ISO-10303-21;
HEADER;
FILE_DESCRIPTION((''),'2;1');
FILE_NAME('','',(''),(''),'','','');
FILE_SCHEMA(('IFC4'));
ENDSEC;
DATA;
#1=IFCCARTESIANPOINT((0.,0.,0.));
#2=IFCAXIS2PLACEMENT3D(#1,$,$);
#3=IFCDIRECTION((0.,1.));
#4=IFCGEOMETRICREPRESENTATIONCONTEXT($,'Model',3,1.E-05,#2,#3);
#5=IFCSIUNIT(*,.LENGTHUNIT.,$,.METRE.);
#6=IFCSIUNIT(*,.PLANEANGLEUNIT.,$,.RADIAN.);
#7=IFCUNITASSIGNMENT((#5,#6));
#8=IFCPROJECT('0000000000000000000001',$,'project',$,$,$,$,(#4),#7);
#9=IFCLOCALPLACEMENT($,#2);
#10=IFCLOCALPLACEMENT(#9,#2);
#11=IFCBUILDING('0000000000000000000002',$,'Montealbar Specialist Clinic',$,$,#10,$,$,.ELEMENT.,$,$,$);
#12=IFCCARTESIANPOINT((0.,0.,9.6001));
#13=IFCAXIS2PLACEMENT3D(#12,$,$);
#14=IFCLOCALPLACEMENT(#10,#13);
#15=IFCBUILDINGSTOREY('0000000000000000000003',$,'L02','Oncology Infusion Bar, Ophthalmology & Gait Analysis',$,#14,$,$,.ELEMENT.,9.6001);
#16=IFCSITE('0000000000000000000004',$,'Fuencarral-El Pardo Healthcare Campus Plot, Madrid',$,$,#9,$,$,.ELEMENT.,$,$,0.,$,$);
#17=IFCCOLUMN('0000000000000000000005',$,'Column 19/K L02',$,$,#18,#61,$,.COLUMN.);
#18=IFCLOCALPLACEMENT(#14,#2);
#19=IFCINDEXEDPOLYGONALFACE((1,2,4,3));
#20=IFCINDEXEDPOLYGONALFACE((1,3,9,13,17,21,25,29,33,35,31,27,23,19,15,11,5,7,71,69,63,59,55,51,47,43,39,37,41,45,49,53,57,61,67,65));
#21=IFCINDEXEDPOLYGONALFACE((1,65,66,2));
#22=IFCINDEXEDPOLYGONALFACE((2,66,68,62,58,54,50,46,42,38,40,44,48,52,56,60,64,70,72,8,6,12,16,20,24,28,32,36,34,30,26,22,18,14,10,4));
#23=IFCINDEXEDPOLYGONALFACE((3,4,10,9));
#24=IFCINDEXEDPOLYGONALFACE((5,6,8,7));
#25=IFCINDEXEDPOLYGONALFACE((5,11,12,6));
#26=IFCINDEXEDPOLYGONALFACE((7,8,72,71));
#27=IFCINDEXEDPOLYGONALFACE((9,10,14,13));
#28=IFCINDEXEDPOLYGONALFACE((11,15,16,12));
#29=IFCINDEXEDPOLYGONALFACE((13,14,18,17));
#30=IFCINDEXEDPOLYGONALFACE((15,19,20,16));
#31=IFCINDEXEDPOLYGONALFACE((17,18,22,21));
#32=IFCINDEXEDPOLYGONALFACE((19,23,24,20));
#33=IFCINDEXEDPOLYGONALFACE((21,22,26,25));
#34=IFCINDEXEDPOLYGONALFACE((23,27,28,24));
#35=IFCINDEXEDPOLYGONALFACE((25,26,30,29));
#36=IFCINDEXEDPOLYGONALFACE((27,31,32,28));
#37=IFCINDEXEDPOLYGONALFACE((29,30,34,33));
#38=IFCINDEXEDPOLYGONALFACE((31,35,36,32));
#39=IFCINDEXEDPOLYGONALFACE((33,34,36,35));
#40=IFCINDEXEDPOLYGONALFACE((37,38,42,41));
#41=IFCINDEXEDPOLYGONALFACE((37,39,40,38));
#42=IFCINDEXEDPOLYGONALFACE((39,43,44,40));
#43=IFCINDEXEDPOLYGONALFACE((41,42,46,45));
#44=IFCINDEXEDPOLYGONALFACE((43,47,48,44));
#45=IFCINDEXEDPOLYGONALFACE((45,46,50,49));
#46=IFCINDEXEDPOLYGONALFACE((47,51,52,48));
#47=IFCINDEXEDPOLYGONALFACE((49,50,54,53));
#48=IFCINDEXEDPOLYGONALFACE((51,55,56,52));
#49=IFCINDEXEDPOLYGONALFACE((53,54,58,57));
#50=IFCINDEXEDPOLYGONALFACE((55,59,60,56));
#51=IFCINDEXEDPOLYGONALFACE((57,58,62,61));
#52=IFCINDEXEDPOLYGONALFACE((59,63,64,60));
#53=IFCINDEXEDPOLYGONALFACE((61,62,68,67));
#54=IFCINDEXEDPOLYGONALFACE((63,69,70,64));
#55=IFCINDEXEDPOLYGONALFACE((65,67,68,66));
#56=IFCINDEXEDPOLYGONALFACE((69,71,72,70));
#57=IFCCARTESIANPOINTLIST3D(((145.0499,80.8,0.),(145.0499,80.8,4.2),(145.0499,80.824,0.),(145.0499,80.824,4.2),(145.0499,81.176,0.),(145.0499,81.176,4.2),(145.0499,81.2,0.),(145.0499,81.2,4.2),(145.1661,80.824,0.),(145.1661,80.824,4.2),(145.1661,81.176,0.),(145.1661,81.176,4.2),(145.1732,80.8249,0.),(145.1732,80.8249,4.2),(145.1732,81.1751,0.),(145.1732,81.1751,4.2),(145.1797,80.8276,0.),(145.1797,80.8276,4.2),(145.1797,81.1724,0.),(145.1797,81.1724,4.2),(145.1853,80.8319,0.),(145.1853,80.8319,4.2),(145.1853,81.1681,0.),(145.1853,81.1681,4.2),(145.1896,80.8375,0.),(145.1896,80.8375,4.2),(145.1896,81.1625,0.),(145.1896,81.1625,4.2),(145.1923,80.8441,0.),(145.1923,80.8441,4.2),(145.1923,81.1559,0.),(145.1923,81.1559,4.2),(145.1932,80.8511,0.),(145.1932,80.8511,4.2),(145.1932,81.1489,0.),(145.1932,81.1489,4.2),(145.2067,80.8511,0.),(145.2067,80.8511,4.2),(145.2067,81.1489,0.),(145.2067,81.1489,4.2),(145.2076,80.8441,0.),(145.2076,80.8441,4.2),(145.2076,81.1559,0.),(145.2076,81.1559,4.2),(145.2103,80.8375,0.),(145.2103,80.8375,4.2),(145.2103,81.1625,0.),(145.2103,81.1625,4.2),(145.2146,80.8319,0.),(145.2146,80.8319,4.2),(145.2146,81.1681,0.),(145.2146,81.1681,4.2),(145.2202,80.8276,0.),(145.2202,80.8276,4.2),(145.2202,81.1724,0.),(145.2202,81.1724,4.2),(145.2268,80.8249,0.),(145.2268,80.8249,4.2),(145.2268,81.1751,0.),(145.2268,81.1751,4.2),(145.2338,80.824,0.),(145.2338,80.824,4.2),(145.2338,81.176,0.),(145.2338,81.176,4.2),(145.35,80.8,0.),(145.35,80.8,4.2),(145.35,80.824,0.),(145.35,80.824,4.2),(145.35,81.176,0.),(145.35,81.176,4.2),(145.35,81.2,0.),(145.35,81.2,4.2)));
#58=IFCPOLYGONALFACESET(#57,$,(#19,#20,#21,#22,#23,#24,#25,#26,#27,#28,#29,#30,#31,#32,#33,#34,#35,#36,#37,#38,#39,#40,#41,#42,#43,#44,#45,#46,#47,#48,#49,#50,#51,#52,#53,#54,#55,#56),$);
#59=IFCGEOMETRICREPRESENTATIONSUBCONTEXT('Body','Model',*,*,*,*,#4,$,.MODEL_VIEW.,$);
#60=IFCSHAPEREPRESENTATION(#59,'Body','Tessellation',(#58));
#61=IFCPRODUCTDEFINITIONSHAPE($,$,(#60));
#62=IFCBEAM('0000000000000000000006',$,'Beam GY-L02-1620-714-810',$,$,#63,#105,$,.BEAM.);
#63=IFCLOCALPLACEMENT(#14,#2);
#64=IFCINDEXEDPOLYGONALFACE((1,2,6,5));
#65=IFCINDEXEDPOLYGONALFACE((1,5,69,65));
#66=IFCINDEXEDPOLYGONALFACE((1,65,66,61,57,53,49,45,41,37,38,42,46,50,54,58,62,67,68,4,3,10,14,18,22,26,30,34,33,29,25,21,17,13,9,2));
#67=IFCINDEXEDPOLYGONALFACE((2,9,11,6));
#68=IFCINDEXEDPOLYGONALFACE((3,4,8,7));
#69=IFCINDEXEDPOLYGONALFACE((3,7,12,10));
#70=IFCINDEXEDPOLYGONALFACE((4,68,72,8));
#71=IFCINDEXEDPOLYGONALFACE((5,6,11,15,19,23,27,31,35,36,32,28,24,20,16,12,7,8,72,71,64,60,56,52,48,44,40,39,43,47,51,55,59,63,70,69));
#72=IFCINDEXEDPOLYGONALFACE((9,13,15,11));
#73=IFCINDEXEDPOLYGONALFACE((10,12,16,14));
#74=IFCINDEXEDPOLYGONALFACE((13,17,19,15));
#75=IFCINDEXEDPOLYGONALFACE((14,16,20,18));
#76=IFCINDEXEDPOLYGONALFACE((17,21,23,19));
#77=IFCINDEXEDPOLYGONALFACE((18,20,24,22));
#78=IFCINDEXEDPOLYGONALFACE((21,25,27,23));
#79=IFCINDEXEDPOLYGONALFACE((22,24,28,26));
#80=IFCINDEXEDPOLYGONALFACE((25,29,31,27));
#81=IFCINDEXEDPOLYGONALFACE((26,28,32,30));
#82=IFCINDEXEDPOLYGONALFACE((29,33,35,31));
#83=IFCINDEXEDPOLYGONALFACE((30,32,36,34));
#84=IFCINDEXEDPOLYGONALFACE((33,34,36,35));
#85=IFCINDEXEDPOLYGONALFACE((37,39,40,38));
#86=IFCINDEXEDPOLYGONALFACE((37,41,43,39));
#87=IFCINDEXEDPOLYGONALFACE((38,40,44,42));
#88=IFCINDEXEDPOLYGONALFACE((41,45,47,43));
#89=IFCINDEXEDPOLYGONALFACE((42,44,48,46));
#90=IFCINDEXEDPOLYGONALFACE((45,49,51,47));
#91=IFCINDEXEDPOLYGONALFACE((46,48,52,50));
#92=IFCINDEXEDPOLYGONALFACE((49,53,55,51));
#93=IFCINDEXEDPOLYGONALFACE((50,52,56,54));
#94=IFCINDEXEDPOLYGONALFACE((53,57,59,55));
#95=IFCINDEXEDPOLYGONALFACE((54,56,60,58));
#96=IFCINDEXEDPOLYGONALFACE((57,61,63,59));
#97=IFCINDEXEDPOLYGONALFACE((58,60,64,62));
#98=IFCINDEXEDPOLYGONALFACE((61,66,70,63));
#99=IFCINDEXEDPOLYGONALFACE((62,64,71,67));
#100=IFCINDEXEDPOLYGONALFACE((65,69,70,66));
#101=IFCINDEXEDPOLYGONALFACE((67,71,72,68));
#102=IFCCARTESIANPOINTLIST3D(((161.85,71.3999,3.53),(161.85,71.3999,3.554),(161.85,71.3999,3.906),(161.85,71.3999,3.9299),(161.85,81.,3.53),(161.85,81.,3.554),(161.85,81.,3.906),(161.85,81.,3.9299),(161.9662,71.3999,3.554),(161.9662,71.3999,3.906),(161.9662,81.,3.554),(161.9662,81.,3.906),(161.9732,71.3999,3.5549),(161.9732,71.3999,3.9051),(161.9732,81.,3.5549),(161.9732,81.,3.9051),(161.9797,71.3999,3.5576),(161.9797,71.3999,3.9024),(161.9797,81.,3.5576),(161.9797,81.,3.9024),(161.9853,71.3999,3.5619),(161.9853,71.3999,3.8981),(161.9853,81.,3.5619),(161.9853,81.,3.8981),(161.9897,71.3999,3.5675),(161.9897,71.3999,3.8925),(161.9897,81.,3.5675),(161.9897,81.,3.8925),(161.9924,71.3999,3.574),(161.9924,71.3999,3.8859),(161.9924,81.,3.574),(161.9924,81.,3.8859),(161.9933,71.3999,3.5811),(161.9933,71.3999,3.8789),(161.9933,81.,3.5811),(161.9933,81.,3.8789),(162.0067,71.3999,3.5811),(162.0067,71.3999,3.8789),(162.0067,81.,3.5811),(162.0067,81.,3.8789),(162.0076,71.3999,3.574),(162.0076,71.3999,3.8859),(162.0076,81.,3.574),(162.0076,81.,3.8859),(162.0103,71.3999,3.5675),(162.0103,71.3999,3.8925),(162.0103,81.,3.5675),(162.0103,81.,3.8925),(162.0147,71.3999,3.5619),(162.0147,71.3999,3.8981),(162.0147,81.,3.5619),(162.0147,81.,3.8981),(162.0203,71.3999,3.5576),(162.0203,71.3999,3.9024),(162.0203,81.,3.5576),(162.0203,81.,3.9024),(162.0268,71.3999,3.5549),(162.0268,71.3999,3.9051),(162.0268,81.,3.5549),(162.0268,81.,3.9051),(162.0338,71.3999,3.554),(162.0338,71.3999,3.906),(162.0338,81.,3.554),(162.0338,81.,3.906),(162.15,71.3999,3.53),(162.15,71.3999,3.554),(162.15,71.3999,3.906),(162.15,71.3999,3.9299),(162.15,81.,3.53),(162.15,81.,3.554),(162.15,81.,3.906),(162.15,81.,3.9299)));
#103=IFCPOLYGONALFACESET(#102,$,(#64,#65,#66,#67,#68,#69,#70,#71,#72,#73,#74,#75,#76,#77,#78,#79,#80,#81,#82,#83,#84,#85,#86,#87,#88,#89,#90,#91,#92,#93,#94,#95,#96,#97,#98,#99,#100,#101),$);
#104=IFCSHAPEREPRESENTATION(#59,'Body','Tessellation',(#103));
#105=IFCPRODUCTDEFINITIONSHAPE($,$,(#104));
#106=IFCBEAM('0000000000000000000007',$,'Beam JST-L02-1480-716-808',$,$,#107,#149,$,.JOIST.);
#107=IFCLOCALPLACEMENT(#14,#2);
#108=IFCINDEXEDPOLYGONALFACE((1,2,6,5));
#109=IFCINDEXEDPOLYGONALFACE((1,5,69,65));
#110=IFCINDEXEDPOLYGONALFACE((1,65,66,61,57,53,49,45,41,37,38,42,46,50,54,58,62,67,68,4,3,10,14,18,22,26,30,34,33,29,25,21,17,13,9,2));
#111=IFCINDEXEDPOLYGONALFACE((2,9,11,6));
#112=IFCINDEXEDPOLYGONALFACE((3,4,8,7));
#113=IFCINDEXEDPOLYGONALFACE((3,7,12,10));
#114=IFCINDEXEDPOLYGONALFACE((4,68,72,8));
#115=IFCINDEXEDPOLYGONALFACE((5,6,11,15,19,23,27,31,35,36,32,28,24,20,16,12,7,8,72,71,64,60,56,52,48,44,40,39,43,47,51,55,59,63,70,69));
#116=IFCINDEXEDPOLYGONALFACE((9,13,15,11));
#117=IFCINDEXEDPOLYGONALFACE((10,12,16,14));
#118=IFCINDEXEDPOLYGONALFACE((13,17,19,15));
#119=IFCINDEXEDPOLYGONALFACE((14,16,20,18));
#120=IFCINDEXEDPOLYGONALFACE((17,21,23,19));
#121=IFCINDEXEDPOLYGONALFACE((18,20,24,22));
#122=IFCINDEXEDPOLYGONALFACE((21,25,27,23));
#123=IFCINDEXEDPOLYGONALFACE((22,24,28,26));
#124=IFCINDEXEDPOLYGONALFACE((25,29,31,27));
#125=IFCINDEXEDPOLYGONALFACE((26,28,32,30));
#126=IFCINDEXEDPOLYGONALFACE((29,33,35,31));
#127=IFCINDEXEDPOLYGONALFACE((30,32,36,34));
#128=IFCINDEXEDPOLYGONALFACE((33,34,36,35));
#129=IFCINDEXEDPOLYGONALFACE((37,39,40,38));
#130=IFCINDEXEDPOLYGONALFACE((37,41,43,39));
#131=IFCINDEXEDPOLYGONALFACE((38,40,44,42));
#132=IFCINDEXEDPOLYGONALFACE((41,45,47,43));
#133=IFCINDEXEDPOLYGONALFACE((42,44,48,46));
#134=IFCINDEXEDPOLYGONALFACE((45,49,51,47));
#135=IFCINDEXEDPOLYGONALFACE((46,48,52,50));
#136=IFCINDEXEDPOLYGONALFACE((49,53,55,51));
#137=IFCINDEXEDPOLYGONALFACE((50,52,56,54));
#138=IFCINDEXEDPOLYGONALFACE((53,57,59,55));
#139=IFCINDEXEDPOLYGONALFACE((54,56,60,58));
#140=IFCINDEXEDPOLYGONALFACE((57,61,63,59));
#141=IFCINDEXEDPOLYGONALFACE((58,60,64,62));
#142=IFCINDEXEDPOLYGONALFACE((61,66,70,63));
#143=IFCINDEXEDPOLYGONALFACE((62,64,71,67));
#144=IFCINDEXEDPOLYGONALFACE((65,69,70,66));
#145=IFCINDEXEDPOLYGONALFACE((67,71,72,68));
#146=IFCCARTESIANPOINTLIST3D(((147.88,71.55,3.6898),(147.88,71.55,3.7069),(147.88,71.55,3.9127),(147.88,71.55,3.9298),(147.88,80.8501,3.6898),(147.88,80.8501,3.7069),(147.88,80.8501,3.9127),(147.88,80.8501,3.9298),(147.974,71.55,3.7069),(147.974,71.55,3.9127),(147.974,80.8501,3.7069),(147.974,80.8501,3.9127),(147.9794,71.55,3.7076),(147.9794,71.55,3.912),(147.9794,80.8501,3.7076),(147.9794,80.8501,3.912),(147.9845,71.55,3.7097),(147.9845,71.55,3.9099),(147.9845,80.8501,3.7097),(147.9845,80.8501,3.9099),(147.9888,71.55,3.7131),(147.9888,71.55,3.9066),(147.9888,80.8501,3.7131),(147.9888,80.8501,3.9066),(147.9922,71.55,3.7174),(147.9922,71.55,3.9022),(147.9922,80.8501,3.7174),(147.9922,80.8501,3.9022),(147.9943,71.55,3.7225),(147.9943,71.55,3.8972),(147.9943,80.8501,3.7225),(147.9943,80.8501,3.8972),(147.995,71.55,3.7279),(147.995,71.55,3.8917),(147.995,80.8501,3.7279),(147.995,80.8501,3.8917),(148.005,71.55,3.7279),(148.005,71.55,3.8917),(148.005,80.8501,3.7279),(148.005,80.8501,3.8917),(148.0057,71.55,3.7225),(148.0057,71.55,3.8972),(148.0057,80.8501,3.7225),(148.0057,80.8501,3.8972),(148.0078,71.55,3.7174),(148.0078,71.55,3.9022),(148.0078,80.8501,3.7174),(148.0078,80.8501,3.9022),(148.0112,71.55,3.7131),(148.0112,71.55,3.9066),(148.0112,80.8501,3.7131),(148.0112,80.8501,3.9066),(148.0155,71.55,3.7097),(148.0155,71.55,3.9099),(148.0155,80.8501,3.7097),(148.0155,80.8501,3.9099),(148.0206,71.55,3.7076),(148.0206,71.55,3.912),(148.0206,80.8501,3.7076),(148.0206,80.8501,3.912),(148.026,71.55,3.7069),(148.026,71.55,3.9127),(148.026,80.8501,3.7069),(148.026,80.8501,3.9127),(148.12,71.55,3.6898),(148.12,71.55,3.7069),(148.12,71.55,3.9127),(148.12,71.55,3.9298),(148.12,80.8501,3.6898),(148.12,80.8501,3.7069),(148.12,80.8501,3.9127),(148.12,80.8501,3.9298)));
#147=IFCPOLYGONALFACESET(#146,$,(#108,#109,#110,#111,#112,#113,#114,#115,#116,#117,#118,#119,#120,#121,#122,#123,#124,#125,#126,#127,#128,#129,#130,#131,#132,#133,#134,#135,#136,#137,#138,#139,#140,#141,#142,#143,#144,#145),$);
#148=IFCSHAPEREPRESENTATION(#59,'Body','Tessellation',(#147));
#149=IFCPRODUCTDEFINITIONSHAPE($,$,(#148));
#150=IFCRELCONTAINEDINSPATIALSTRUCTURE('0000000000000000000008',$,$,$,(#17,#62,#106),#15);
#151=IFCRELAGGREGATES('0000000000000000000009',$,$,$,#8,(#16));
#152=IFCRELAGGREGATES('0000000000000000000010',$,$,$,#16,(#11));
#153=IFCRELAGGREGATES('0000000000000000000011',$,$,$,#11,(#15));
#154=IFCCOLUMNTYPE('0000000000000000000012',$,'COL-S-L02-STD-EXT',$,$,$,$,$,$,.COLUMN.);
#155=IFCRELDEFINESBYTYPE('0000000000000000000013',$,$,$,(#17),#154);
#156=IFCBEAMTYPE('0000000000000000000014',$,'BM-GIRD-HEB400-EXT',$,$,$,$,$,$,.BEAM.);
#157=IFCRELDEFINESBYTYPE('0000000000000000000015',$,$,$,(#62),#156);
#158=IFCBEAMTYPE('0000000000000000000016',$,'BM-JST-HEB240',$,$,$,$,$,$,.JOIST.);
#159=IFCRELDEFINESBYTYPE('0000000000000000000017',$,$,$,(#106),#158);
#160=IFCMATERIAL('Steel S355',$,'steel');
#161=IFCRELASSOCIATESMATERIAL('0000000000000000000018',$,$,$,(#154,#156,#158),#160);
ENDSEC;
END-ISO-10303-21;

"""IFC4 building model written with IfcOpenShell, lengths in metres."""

from ifc_helpers import new_model, si_unit, direction, frame, origin, origin_2d, place, context, subcontext, project, spatial, i_section, extrude, material, material_profile, profile_set, type_object, element, save


model = new_model("IFC4")

# Units and contexts
model_context = context("Model", 3, precision=1e-05, world=origin(), true_north=direction((0.0, 1.0)))
body_context = subcontext(model_context, "Body", "Model", "MODEL_VIEW")
ifc_project = project(units=[si_unit("LENGTHUNIT", "METRE"), si_unit("PLANEANGLEUNIT", "RADIAN")], contexts=[model_context])

# Site, building, storey
site_placement = place(None, origin())
site = spatial("IfcSite", under=ifc_project, at=site_placement, Name="Fuencarral-El Pardo Healthcare Campus Plot, Madrid", CompositionType="ELEMENT", RefElevation=0.0)
building_placement = place(site_placement, origin())
building = spatial("IfcBuilding", under=site, at=building_placement, Name="Montealbar Specialist Clinic", CompositionType="ELEMENT")
storey_placement = place(building_placement, frame((0.0, 0.0, 9.6001)))
storey = spatial("IfcBuildingStorey", under=building, at=storey_placement, Name="L02", Description="Oncology Infusion Bar, Ophthalmology & Gait Analysis", CompositionType="ELEMENT", Elevation=9.6001)

# Column
ifc_material_1 = material(Name="Steel S355", Category="steel")
ifc_material_profile_1 = material_profile(ifc_material_1, i_section(OverallWidth=0.3, OverallDepth=0.3999, WebThickness=0.0134, FlangeThickness=0.0239, FilletRadius=0.0271, at=origin_2d()), Name="HEB 400", Category="steel")
ifc_profile_set_1 = profile_set([ifc_material_profile_1], Name="Steel S355")
column_type = type_object("IfcColumnType", Name="COL-S-L02-STD-EXT", PredefinedType="COLUMN", material=ifc_profile_set_1)
column_placement = place(storey_placement, frame((145.2, 81.0, 0.0), z_axis=(0.0, 0.0, 1.0), x_axis=(1.0, 0.0, 0.0)))
element("IfcColumn", 1, at=column_placement, inside=storey, type_object=column_type, Name="Column 19/K L02", PredefinedType="COLUMN", context=body_context, shape_type="SweptSolid", body=[
    extrude(i_section(OverallWidth=0.3, OverallDepth=0.3999, WebThickness=0.0134, FlangeThickness=0.0239, FilletRadius=0.0271, at=origin_2d()), origin(), (0.0, 0.0, 1.0), 4.2),
])

# Beams
ifc_material_profile_2 = material_profile(ifc_material_1, i_section(OverallWidth=0.3, OverallDepth=0.3999, WebThickness=0.0134, FlangeThickness=0.0239, FilletRadius=0.0271, at=origin_2d()), Name="HEB 400", Category="steel")
ifc_profile_set_2 = profile_set([ifc_material_profile_2], Name="Steel S355")
beam_type_1 = type_object("IfcBeamType", Name="BM-GIRD-HEB400-EXT", PredefinedType="BEAM", material=ifc_profile_set_2)
beam_1_placement = place(storey_placement, frame((162.0, 71.3999, 3.73), z_axis=(0.0, 1.0, 0.0), x_axis=(-1.0, 0.0, 0.0)))
element("IfcBeam", 2, at=beam_1_placement, inside=storey, type_object=beam_type_1, Name="Beam GY-L02-1620-714-810", PredefinedType="BEAM", context=body_context, shape_type="SweptSolid", body=[
    extrude(i_section(OverallWidth=0.3, OverallDepth=0.3999, WebThickness=0.0134, FlangeThickness=0.0239, FilletRadius=0.0271, at=origin_2d()), origin(), (0.0, 0.0, 1.0), 9.6001),
])
ifc_material_profile_3 = material_profile(ifc_material_1, i_section(OverallWidth=0.24, OverallDepth=0.24, WebThickness=0.01, FlangeThickness=0.0171, FilletRadius=0.021, at=origin_2d()), Name="HEB 240", Category="steel")
ifc_profile_set_3 = profile_set([ifc_material_profile_3], Name="Steel S355")
beam_type_2 = type_object("IfcBeamType", Name="BM-JST-HEB240", PredefinedType="JOIST", material=ifc_profile_set_3)
beam_2_placement = place(storey_placement, frame((148.0, 71.55, 3.8098), z_axis=(0.0, 1.0, 0.0), x_axis=(-1.0, 0.0, 0.0)))
element("IfcBeam", 3, at=beam_2_placement, inside=storey, type_object=beam_type_2, Name="Beam JST-L02-1480-716-808", PredefinedType="JOIST", context=body_context, shape_type="SweptSolid", body=[
    extrude(i_section(OverallWidth=0.24, OverallDepth=0.24, WebThickness=0.01, FlangeThickness=0.0171, FilletRadius=0.021, at=origin_2d()), origin(), (0.0, 0.0, 1.0), 9.3),
])

save(model, "model.ifc")
